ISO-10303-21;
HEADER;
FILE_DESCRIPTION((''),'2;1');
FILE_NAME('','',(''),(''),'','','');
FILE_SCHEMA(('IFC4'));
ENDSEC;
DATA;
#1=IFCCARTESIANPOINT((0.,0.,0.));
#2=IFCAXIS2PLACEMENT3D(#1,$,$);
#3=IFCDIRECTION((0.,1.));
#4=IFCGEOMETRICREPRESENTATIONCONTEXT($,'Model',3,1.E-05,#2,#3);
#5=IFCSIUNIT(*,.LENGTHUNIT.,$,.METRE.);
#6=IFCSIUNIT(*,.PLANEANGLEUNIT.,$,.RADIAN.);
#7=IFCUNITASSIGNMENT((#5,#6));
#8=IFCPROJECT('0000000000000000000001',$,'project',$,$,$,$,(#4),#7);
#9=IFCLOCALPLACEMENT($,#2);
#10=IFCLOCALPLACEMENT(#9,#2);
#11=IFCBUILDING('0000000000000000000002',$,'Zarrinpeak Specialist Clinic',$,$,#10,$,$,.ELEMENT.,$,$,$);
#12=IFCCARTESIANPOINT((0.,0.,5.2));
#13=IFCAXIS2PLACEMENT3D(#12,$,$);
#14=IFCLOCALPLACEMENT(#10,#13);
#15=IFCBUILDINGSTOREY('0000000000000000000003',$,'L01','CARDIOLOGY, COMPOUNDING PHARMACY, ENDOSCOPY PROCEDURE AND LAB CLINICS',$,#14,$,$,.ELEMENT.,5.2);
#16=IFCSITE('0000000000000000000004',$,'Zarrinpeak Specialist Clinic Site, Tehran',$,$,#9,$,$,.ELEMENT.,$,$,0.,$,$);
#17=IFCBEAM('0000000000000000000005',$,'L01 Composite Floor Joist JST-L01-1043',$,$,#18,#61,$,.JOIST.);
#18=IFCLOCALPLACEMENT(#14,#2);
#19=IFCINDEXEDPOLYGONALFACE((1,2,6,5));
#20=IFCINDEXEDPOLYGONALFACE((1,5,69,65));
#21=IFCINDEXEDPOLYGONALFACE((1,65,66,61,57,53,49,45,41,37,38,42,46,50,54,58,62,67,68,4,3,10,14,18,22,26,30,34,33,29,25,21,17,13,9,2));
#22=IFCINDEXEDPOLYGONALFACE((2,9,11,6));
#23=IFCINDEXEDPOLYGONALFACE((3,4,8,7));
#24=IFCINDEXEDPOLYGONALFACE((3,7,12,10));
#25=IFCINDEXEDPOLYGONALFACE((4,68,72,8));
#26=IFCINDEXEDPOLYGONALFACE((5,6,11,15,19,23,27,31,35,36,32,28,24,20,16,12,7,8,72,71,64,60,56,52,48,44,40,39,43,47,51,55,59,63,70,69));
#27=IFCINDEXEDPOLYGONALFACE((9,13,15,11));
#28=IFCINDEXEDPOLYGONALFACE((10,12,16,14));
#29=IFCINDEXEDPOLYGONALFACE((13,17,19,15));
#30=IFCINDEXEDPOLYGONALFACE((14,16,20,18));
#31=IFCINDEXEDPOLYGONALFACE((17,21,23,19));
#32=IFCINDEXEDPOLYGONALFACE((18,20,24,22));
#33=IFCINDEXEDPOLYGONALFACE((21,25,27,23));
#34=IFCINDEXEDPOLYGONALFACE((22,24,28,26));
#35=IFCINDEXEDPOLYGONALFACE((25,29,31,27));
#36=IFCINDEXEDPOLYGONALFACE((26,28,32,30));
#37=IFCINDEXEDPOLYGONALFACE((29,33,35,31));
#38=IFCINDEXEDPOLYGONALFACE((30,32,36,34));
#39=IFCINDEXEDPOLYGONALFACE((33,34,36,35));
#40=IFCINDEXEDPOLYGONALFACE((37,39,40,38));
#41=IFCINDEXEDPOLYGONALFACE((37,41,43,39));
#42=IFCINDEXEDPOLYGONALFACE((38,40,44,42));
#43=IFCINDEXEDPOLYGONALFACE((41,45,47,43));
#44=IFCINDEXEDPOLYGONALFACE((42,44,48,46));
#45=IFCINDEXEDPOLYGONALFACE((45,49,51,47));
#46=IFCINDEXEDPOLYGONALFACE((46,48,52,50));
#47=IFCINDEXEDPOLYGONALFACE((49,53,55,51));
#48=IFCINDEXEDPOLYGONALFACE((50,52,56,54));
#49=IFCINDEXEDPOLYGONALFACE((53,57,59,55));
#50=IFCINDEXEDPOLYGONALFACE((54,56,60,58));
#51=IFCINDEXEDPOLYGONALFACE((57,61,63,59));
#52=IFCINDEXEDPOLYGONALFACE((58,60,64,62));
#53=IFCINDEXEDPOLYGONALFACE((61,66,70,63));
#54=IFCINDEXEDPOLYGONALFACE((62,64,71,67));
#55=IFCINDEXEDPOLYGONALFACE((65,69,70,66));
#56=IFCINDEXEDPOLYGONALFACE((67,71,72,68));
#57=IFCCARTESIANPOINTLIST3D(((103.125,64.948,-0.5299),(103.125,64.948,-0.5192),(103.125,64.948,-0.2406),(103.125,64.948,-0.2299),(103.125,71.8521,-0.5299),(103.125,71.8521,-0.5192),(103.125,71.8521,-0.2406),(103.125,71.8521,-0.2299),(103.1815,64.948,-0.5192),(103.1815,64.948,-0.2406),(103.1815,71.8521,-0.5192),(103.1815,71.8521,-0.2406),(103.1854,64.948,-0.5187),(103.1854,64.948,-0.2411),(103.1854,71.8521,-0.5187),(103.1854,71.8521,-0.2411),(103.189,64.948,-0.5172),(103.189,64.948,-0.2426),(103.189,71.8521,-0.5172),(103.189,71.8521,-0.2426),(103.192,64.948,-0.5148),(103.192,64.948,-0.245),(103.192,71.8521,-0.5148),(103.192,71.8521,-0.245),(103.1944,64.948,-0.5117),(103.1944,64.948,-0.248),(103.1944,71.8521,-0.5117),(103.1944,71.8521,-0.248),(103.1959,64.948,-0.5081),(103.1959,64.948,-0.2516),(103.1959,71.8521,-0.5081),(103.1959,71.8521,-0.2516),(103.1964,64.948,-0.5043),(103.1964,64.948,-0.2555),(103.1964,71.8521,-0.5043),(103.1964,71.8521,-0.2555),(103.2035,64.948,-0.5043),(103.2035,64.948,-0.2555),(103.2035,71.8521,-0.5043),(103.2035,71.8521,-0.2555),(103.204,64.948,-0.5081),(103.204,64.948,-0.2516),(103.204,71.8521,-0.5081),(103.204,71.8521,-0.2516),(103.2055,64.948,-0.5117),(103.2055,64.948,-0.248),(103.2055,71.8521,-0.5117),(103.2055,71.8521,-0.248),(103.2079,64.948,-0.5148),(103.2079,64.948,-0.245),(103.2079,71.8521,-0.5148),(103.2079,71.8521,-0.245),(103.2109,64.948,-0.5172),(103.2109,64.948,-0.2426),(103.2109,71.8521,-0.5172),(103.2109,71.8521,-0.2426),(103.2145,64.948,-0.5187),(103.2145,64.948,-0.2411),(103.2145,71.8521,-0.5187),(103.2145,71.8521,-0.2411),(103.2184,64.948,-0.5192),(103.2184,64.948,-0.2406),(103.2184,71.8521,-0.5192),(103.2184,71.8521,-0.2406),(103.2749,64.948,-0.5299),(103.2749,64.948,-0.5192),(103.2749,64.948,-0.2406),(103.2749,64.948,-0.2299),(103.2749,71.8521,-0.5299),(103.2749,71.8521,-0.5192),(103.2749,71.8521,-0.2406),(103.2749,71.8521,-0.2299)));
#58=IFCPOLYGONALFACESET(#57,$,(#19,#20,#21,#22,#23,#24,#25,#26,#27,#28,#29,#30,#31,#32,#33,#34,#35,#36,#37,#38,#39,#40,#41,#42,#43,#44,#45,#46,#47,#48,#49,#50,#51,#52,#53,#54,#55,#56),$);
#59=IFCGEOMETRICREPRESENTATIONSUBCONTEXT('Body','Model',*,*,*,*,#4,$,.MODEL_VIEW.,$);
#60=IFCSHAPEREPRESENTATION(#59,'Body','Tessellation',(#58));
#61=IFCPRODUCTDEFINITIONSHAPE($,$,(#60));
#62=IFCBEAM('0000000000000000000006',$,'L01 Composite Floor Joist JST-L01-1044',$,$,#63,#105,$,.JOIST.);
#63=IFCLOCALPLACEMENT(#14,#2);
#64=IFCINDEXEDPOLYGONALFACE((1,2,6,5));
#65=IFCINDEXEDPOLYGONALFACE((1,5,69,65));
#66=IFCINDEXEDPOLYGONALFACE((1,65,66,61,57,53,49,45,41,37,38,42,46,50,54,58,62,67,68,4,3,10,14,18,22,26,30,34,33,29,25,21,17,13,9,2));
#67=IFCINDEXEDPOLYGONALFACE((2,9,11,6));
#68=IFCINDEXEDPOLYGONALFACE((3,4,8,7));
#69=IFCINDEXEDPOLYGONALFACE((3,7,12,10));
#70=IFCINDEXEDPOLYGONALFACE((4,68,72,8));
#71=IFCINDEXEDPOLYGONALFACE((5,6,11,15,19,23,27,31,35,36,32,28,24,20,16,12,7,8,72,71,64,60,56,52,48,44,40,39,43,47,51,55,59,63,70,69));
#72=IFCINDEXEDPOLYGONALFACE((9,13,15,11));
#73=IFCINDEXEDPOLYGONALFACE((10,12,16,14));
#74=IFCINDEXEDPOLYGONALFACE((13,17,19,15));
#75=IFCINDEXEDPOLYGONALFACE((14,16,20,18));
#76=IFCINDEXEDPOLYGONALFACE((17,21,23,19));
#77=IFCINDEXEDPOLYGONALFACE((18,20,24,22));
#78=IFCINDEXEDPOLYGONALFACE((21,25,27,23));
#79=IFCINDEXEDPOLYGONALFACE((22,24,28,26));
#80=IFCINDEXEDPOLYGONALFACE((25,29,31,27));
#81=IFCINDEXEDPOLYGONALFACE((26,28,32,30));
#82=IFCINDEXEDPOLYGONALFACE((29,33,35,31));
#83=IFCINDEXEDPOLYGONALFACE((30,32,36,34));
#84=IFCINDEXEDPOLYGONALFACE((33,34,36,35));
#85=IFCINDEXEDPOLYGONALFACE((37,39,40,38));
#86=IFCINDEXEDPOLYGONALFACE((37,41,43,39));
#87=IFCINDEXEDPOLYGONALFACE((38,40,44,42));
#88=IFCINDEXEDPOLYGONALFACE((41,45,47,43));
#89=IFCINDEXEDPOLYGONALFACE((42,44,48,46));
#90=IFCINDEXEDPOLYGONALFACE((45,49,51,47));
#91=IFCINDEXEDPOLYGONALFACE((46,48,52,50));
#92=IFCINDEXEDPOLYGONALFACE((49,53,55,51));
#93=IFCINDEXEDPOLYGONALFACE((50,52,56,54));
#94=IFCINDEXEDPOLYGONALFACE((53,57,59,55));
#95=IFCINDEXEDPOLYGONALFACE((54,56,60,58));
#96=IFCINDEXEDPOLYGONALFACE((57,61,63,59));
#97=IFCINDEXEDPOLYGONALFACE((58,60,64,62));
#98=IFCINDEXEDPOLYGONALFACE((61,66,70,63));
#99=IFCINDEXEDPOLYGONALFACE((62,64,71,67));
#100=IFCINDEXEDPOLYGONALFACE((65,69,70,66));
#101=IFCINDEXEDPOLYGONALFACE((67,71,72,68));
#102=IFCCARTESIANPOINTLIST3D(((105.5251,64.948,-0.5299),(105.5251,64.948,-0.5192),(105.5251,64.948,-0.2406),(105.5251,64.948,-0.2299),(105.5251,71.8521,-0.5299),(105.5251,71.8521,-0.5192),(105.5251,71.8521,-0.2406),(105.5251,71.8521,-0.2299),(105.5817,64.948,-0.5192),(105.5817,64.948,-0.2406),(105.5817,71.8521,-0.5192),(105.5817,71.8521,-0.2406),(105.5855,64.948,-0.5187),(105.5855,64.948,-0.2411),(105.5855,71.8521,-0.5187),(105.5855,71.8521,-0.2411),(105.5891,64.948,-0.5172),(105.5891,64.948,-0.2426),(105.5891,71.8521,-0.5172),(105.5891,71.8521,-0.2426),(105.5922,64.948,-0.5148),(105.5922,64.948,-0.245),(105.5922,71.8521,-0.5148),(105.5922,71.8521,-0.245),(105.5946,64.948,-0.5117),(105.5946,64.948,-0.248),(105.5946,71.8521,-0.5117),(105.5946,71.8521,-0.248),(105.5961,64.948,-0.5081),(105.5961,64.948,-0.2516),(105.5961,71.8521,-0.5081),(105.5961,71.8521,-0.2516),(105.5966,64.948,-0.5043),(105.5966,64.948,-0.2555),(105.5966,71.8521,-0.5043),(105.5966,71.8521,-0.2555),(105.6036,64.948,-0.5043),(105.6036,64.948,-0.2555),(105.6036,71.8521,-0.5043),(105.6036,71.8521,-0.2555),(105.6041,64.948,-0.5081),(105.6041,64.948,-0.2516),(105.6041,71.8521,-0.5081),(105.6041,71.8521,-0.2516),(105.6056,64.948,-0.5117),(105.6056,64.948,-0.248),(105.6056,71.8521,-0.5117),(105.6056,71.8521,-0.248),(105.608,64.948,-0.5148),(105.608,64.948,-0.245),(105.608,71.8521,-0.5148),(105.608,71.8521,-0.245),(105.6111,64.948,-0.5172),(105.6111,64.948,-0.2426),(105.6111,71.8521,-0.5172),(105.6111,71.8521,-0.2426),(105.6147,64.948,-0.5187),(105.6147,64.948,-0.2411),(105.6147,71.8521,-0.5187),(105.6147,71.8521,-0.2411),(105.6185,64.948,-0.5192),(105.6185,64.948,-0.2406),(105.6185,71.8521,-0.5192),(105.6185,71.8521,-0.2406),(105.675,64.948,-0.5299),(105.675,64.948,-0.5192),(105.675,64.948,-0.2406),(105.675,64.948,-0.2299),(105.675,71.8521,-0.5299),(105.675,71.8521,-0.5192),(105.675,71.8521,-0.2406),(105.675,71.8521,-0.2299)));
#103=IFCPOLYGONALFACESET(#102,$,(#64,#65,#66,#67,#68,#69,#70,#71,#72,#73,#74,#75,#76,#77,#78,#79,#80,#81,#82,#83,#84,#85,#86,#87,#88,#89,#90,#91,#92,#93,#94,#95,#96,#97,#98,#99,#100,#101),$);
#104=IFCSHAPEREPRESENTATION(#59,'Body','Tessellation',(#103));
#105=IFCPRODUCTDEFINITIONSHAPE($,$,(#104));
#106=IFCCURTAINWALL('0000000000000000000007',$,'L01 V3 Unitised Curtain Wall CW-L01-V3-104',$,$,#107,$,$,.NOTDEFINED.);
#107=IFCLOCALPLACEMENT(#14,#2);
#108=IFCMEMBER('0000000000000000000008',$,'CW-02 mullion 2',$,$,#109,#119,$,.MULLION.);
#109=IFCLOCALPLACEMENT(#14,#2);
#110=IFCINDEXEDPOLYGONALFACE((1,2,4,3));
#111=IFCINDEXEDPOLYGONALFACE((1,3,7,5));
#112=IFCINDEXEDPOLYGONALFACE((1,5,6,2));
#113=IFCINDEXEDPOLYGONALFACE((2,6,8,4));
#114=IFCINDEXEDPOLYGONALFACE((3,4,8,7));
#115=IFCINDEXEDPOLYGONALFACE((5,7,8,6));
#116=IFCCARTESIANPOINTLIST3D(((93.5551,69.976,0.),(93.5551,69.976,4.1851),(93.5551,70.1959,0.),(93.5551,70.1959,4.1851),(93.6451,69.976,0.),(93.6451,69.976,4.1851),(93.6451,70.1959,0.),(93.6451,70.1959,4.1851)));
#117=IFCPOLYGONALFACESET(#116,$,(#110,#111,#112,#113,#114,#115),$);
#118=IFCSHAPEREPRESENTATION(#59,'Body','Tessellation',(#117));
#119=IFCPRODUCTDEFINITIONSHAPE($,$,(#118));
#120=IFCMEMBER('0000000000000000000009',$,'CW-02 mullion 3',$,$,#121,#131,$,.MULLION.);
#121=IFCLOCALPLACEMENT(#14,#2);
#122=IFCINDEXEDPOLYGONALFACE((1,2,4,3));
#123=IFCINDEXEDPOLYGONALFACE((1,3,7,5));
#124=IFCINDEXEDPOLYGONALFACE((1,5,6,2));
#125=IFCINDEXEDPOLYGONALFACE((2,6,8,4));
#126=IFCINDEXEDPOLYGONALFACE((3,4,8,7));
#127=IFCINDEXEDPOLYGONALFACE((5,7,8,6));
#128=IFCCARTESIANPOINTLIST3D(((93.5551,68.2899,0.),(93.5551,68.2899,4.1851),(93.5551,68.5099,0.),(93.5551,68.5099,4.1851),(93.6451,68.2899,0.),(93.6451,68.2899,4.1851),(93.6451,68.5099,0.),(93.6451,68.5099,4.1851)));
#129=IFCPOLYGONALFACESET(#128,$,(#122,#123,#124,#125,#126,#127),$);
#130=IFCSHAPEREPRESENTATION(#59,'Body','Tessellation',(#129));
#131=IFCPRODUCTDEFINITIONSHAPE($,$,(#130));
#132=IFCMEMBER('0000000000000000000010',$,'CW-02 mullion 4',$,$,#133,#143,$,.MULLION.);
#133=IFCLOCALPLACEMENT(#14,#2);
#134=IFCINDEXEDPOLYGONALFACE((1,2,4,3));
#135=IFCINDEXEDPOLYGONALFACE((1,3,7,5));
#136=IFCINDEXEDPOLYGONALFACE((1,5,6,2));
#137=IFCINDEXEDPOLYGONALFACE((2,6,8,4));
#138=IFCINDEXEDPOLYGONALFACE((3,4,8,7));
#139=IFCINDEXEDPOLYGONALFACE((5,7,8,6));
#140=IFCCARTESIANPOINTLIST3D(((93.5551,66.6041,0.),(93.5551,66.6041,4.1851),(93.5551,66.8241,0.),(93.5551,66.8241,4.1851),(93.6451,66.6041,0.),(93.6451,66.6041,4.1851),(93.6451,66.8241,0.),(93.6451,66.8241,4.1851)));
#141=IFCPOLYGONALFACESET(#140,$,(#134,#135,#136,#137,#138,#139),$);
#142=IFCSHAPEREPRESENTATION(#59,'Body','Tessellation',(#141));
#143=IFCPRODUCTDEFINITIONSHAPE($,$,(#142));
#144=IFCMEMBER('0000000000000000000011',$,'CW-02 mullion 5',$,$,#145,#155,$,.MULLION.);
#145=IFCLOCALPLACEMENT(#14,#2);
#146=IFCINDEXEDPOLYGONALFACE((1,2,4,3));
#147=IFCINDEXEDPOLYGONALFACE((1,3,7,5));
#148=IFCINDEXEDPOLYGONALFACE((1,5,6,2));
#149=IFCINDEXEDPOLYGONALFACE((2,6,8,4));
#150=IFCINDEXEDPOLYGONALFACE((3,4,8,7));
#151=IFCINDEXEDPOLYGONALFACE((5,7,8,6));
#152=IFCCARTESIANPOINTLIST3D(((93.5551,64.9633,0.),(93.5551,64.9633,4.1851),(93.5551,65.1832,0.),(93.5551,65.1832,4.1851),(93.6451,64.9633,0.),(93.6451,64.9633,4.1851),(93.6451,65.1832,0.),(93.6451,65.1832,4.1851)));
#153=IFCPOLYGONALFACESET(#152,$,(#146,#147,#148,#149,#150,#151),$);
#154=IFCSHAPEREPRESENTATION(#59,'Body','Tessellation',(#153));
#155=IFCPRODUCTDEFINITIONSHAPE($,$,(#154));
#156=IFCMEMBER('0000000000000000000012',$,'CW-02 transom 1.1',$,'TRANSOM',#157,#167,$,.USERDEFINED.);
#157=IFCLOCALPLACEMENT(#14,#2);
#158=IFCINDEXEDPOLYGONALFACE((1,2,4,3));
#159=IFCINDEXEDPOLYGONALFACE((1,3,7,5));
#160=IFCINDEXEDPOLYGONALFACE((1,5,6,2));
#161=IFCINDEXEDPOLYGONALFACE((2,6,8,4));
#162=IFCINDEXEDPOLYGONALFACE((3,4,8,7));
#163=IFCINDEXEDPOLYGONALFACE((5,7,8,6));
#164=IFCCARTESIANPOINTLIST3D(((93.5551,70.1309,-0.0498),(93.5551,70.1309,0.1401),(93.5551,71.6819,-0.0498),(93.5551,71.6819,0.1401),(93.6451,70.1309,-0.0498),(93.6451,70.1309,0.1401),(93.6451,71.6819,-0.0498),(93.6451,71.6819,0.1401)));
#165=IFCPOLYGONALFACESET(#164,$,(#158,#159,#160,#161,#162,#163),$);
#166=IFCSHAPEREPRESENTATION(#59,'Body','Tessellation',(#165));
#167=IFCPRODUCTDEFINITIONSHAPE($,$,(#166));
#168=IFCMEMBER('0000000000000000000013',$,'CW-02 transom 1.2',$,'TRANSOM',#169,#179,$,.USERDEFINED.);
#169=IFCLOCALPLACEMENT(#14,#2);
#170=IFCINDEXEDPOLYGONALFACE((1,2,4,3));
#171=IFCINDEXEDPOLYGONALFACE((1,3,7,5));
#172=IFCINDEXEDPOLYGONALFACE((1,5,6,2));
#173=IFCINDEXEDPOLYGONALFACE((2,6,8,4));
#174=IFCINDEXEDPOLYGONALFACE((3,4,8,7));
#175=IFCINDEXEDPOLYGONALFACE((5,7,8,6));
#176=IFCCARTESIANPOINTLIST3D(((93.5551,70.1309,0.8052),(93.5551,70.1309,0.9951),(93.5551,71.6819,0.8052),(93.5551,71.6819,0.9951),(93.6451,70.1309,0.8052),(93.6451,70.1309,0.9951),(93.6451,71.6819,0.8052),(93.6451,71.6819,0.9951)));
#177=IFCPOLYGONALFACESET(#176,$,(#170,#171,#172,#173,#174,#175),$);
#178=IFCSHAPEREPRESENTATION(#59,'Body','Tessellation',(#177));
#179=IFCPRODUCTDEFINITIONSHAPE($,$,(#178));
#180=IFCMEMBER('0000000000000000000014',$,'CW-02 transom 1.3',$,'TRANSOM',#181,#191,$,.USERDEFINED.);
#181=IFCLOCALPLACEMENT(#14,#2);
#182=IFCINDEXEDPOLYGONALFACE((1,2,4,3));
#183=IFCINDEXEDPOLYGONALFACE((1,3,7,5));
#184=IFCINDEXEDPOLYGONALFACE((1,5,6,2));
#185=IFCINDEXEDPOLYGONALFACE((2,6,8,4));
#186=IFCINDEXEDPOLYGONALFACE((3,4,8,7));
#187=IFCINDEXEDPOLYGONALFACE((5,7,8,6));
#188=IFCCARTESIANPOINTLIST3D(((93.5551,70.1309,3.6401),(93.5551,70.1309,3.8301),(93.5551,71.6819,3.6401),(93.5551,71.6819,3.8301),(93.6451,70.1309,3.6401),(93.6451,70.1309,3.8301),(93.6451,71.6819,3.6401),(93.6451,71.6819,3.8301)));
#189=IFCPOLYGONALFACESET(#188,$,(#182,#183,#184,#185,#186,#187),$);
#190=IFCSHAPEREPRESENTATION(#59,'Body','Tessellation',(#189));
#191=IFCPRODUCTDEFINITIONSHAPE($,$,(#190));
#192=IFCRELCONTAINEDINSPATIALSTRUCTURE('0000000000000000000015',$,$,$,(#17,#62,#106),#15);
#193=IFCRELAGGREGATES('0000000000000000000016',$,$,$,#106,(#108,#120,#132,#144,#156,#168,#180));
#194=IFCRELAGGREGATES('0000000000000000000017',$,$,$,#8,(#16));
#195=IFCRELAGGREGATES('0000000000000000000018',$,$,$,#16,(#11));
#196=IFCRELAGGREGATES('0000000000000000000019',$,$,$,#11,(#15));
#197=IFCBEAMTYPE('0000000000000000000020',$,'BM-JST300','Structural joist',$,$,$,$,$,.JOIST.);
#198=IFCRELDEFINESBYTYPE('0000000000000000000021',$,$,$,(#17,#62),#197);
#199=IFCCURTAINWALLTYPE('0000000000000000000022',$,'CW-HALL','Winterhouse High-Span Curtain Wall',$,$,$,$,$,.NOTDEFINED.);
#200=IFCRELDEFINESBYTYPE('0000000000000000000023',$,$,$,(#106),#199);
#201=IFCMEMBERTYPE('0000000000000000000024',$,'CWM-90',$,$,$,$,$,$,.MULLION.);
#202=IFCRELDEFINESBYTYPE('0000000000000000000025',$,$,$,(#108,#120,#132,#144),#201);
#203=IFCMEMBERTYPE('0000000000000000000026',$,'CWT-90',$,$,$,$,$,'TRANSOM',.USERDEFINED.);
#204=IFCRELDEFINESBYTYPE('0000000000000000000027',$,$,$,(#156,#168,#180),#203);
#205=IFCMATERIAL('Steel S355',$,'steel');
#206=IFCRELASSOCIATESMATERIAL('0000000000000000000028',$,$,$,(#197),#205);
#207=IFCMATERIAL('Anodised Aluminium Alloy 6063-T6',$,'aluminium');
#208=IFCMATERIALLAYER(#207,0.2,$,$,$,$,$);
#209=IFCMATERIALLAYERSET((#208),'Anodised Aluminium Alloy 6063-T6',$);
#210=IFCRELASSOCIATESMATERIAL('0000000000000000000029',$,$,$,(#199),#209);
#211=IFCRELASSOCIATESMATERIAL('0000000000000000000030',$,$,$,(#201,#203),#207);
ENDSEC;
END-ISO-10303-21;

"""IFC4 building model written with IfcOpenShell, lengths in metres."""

from ifc_helpers import new_model, si_unit, direction, frame, origin, origin_2d, place, context, subcontext, project, spatial, rectangle, i_section, extrude, material, layer, layer_set, material_profile, profile_set, type_object, element, aggregate, save


model = new_model("IFC4")

# Units and contexts
model_context = context("Model", 3, precision=1e-05, world=origin(), true_north=direction((0.0, 1.0)))
body_context = subcontext(model_context, "Body", "Model", "MODEL_VIEW")
ifc_project = project(units=[si_unit("LENGTHUNIT", "METRE"), si_unit("PLANEANGLEUNIT", "RADIAN")], contexts=[model_context])

# Site, building, storey
site_placement = place(None, origin())
site = spatial("IfcSite", under=ifc_project, at=site_placement, Name="Zarrinpeak Specialist Clinic Site, Tehran", CompositionType="ELEMENT", RefElevation=0.0)
building_placement = place(site_placement, origin())
building = spatial("IfcBuilding", under=site, at=building_placement, Name="Zarrinpeak Specialist Clinic", CompositionType="ELEMENT")
storey_placement = place(building_placement, frame((0.0, 0.0, 5.2)))
storey = spatial("IfcBuildingStorey", under=building, at=storey_placement, Name="L01", Description="CARDIOLOGY, COMPOUNDING PHARMACY, ENDOSCOPY PROCEDURE AND LAB CLINICS", CompositionType="ELEMENT", Elevation=5.2)

# Beams
ifc_material_1 = material(Name="Steel S355", Category="steel")
ifc_material_profile_1 = material_profile(ifc_material_1, i_section(OverallWidth=0.1499, OverallDepth=0.3, WebThickness=0.0071, FlangeThickness=0.0107, FilletRadius=0.0149, at=origin_2d()), Name="IPE 300")
ifc_profile_set_1 = profile_set([ifc_material_profile_1], Name="Steel S355")
beam_type_1 = type_object("IfcBeamType", Name="BM-JST300", Description="Structural joist", PredefinedType="JOIST", material=ifc_profile_set_1)
for number, where, z_axis, x_axis, name in (
    (1, (103.2, 64.948, -0.3799), (0.0, 1.0, 0.0), (-1.0, 0.0, 0.0), "L01 Composite Floor Joist JST-L01-1043"),
    (2, (105.6001, 64.948, -0.3799), (0.0, 1.0, 0.0), (-1.0, 0.0, 0.0), "L01 Composite Floor Joist JST-L01-1044"),
):
    element("IfcBeam", number, at=place(storey_placement, frame(where, z_axis=z_axis, x_axis=x_axis)), inside=storey, type_object=beam_type_1, Name=name, PredefinedType="JOIST", context=body_context, shape_type="SweptSolid", body=[
        extrude(i_section(OverallWidth=0.1499, OverallDepth=0.3, WebThickness=0.0071, FlangeThickness=0.0107, FilletRadius=0.0149, at=origin_2d()), origin(), (0.0, 0.0, 1.0), 6.9041),
    ])

# Curtain wall, members
ifc_material_2 = material(Name="Anodised Aluminium Alloy 6063-T6", Category="aluminium")
ifc_layer_1 = layer(ifc_material_2, 0.2)
ifc_layer_set_1 = layer_set([ifc_layer_1], Name="Anodised Aluminium Alloy 6063-T6")
curtain_wall_type = type_object("IfcCurtainWallType", Name="CW-HALL", Description="Winterhouse High-Span Curtain Wall", PredefinedType="NOTDEFINED", material=ifc_layer_set_1)
curtain_wall_placement = place(storey_placement, origin())
curtain_wall = element("IfcCurtainWall", 3, at=curtain_wall_placement, inside=storey, type_object=curtain_wall_type, Name="L01 V3 Unitised Curtain Wall CW-L01-V3-104", PredefinedType="NOTDEFINED")
ifc_material_profile_2 = material_profile(ifc_material_2, rectangle(XDim=0.0901, YDim=0.22, at=origin_2d()), Name="ALU 90x220")
ifc_profile_set_2 = profile_set([ifc_material_profile_2], Name="Anodised Aluminium Alloy 6063-T6")
member_type_1 = type_object("IfcMemberType", Name="CWM-90", PredefinedType="MULLION", material=ifc_profile_set_2)
member_1_placement = place(storey_placement, frame((93.6001, 70.0859, 0.0), z_axis=(0.0, 0.0, 1.0), x_axis=(1.0, 0.0, 0.0)))
member_1 = element("IfcMember", 4, at=member_1_placement, type_object=member_type_1, Name="CW-02 mullion 2", PredefinedType="MULLION", context=body_context, shape_type="SweptSolid", body=[
    extrude(rectangle(XDim=0.0901, YDim=0.22, at=origin_2d()), origin(), (0.0, 0.0, 1.0), 4.1851),
])
member_2_placement = place(storey_placement, frame((93.6001, 68.3999, 0.0), z_axis=(0.0, 0.0, 1.0), x_axis=(1.0, 0.0, 0.0)))
member_2 = element("IfcMember", 5, at=member_2_placement, type_object=member_type_1, Name="CW-02 mullion 3", PredefinedType="MULLION", context=body_context, shape_type="SweptSolid", body=[
    extrude(rectangle(XDim=0.0901, YDim=0.22, at=origin_2d()), origin(), (0.0, 0.0, 1.0), 4.1851),
])
member_3_placement = place(storey_placement, frame((93.6001, 66.7141, 0.0), z_axis=(0.0, 0.0, 1.0), x_axis=(1.0, 0.0, 0.0)))
member_3 = element("IfcMember", 6, at=member_3_placement, type_object=member_type_1, Name="CW-02 mullion 4", PredefinedType="MULLION", context=body_context, shape_type="SweptSolid", body=[
    extrude(rectangle(XDim=0.0901, YDim=0.22, at=origin_2d()), origin(), (0.0, 0.0, 1.0), 4.1851),
])
member_4_placement = place(storey_placement, frame((93.6001, 65.0732, 0.0), z_axis=(0.0, 0.0, 1.0), x_axis=(1.0, 0.0, 0.0)))
member_4 = element("IfcMember", 7, at=member_4_placement, type_object=member_type_1, Name="CW-02 mullion 5", PredefinedType="MULLION", context=body_context, shape_type="SweptSolid", body=[
    extrude(rectangle(XDim=0.0901, YDim=0.22, at=origin_2d()), origin(), (0.0, 0.0, 1.0), 4.1851),
])
ifc_material_profile_3 = material_profile(ifc_material_2, rectangle(XDim=0.0901, YDim=0.1899, at=origin_2d()), Name="ALU 90x190")
ifc_profile_set_3 = profile_set([ifc_material_profile_3], Name="Anodised Aluminium Alloy 6063-T6")
member_type_2 = type_object("IfcMemberType", Name="CWT-90", ElementType="TRANSOM", PredefinedType="USERDEFINED", material=ifc_profile_set_3)
member_5_placement = place(storey_placement, frame((93.6001, 71.6819, 0.0452), z_axis=(0.0, -1.0, 0.0), x_axis=(1.0, 0.0, 0.0)))
member_5 = element("IfcMember", 8, at=member_5_placement, type_object=member_type_2, Name="CW-02 transom 1.1", ObjectType="TRANSOM", PredefinedType="USERDEFINED", context=body_context, shape_type="SweptSolid", body=[
    extrude(rectangle(XDim=0.0901, YDim=0.1899, at=origin_2d()), origin(), (0.0, 0.0, 1.0), 1.551),
])
member_6_placement = place(storey_placement, frame((93.6001, 71.6819, 0.9001), z_axis=(0.0, -1.0, 0.0), x_axis=(1.0, 0.0, 0.0)))
member_6 = element("IfcMember", 9, at=member_6_placement, type_object=member_type_2, Name="CW-02 transom 1.2", ObjectType="TRANSOM", PredefinedType="USERDEFINED", context=body_context, shape_type="SweptSolid", body=[
    extrude(rectangle(XDim=0.0901, YDim=0.1899, at=origin_2d()), origin(), (0.0, 0.0, 1.0), 1.551),
])
member_7_placement = place(storey_placement, frame((93.6001, 71.6819, 3.7351), z_axis=(0.0, -1.0, 0.0), x_axis=(1.0, 0.0, 0.0)))
member_7 = element("IfcMember", 10, at=member_7_placement, type_object=member_type_2, Name="CW-02 transom 1.3", ObjectType="TRANSOM", PredefinedType="USERDEFINED", context=body_context, shape_type="SweptSolid", body=[
    extrude(rectangle(XDim=0.0901, YDim=0.1899, at=origin_2d()), origin(), (0.0, 0.0, 1.0), 1.551),
])
aggregate(curtain_wall, [member_1, member_2, member_3, member_4, member_5, member_6, member_7])

save(model, "model.ifc")
